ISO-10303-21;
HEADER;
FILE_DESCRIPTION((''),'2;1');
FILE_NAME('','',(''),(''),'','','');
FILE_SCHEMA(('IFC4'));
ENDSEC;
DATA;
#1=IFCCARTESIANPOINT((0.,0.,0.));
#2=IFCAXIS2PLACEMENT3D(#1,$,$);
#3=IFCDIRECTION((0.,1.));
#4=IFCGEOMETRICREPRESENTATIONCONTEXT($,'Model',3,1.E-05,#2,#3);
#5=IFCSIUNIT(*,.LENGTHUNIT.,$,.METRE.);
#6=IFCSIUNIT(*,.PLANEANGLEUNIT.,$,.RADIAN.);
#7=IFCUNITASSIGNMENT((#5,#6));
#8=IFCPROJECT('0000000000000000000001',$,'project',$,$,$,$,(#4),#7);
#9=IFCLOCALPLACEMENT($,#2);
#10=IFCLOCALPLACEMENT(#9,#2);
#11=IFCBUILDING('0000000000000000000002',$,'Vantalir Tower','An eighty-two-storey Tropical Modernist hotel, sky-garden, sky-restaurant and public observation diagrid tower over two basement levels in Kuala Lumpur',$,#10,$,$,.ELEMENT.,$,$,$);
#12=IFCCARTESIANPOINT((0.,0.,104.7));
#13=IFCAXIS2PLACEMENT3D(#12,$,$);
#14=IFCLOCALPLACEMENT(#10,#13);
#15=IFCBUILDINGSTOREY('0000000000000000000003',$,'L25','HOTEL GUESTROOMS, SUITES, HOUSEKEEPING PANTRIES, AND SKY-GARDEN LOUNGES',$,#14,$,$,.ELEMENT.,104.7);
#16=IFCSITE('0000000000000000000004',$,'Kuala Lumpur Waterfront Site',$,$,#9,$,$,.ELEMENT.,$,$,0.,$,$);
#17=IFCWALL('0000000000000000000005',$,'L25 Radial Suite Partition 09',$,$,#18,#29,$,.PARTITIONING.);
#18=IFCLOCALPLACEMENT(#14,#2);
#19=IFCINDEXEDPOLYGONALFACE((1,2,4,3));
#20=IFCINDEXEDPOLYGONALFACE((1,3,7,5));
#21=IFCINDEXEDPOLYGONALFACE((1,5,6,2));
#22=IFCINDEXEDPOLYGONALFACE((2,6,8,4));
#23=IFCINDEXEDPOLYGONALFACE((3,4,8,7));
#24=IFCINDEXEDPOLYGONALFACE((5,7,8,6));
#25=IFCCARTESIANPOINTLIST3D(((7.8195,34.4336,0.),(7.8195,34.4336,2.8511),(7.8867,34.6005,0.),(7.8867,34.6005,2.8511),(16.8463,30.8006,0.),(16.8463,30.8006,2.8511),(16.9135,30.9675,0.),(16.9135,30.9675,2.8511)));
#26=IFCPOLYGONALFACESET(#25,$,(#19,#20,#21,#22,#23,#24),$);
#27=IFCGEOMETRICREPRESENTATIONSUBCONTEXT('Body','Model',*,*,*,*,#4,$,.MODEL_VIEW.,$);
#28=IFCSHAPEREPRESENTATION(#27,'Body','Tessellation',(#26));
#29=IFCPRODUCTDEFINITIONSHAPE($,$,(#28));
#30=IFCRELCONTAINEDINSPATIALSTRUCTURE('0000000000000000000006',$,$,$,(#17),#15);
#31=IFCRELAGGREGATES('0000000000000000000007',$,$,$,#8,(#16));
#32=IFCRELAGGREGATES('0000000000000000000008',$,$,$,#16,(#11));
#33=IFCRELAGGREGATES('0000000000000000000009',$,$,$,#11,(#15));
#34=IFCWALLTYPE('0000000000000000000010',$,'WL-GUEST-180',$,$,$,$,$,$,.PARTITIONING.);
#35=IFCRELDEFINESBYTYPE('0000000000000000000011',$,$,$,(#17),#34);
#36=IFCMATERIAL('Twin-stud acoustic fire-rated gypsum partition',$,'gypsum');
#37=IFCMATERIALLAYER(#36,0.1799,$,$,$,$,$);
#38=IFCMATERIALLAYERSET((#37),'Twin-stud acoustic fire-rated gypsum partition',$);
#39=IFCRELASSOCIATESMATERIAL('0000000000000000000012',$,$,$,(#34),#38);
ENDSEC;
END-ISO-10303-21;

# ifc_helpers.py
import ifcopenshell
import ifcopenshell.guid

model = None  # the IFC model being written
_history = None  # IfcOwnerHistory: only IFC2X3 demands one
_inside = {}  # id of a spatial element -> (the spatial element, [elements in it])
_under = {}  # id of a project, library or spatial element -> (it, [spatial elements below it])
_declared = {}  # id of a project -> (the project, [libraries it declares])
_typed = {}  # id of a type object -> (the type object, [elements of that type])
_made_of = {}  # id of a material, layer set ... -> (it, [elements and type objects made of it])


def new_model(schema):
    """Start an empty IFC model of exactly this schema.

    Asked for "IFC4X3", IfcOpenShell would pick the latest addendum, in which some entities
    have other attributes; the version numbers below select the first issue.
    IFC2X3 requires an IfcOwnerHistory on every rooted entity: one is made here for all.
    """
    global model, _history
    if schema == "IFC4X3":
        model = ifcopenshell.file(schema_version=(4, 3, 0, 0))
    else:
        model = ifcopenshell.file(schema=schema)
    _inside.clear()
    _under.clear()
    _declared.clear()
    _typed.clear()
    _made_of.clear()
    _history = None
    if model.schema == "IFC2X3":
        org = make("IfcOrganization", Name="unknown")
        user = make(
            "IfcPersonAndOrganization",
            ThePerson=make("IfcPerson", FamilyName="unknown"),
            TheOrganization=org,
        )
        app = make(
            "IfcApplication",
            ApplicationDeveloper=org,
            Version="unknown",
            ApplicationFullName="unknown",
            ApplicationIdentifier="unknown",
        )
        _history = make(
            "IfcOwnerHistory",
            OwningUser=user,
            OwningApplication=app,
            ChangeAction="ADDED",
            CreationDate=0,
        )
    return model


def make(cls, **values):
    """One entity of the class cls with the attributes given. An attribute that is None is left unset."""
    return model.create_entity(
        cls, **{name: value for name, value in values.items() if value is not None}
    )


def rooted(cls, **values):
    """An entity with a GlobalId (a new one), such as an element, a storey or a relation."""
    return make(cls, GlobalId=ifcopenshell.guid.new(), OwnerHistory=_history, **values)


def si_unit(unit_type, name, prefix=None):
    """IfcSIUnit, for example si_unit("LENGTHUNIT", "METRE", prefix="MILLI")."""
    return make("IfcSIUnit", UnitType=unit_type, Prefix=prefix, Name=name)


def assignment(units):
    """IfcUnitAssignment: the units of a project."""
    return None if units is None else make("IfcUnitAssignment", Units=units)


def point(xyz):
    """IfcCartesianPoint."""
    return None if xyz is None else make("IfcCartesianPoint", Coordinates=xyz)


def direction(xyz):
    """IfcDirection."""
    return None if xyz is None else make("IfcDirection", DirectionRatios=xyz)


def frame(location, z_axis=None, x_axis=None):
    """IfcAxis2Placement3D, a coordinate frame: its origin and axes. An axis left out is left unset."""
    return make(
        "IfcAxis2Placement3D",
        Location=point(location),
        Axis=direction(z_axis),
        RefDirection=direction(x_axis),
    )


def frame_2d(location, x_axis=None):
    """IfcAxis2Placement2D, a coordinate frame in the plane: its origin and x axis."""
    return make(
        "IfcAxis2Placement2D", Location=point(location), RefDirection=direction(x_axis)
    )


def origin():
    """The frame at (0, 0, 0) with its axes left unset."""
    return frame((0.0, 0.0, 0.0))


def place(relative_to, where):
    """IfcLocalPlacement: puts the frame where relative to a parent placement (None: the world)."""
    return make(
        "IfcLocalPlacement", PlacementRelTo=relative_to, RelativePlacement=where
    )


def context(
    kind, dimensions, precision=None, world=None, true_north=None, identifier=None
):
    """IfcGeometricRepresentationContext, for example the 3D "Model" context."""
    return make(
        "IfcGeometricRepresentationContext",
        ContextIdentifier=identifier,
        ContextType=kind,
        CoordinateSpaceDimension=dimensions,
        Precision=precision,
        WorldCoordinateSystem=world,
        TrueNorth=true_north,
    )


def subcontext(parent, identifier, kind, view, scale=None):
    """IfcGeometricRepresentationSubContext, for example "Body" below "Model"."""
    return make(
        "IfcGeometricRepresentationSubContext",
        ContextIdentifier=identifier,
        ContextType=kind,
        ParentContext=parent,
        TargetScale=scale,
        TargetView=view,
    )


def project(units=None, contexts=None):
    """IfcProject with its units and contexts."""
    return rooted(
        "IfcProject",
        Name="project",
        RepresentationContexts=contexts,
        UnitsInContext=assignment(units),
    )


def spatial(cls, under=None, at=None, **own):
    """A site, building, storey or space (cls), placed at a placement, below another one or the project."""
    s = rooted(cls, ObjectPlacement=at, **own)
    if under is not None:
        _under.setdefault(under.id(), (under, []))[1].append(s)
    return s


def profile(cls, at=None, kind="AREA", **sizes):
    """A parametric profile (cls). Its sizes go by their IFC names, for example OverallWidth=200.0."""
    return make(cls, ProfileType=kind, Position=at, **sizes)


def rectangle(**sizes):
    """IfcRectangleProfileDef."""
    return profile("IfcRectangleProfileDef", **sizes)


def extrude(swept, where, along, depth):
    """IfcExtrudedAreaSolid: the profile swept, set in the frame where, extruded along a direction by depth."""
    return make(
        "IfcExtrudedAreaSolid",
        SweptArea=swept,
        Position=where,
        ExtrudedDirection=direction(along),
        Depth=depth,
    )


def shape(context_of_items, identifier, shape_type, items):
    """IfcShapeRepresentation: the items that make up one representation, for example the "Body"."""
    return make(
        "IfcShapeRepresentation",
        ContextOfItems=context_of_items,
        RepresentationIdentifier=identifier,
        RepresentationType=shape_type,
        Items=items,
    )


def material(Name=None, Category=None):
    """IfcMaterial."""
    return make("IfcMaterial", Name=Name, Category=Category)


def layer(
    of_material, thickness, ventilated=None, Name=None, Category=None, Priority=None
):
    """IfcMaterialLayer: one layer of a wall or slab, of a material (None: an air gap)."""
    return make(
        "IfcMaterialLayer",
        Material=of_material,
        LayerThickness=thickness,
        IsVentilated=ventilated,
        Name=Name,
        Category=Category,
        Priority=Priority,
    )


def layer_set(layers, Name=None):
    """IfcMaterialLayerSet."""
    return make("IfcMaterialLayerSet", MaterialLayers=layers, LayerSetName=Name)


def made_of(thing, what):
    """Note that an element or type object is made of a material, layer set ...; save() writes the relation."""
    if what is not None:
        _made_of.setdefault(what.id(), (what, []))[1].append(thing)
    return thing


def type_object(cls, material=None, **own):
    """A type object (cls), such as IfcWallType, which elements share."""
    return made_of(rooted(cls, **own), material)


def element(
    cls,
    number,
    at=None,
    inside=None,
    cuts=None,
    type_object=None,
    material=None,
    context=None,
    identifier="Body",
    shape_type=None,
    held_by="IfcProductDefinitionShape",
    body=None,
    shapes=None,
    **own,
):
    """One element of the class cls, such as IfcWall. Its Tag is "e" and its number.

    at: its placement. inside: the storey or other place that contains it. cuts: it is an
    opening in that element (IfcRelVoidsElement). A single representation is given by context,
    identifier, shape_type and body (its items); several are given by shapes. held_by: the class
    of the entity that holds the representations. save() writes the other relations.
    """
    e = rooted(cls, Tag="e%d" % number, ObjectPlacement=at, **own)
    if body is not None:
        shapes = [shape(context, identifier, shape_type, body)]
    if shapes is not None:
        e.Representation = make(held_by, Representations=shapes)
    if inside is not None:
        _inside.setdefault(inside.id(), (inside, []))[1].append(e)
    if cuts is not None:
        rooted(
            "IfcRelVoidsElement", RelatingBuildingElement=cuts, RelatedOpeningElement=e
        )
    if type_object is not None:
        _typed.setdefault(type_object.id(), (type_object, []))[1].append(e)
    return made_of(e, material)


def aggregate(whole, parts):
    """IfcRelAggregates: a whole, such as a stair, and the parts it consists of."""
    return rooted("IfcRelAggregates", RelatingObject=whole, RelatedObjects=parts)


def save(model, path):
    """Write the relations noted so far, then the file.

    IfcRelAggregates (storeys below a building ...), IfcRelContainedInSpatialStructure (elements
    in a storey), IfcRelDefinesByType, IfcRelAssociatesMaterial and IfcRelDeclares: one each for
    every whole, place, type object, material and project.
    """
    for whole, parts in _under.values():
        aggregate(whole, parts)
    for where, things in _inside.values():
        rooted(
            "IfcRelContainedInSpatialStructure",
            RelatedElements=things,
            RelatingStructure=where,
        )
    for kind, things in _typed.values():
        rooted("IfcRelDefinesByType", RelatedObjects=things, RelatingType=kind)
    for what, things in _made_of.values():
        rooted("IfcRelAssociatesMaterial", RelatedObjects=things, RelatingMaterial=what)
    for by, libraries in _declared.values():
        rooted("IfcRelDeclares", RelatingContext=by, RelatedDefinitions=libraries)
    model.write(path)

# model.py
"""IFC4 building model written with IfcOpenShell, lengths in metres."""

from ifc_helpers import new_model, si_unit, direction, frame, frame_2d, origin, place, context, subcontext, project, spatial, rectangle, extrude, material, layer, layer_set, type_object, element, save


model = new_model("IFC4")

# Units and contexts
model_context = context("Model", 3, precision=1e-05, world=origin(), true_north=direction((0.0, 1.0)))
body_context = subcontext(model_context, "Body", "Model", "MODEL_VIEW")
ifc_project = project(units=[si_unit("LENGTHUNIT", "METRE"), si_unit("PLANEANGLEUNIT", "RADIAN")], contexts=[model_context])

# Site, building, storey
site_placement = place(None, origin())
site = spatial("IfcSite", under=ifc_project, at=site_placement, Name="Kuala Lumpur Waterfront Site", CompositionType="ELEMENT", RefElevation=0.0)
building_placement = place(site_placement, origin())
building = spatial("IfcBuilding", under=site, at=building_placement, Name="Vantalir Tower", Description="An eighty-two-storey Tropical Modernist hotel, sky-garden, sky-restaurant and public observation diagrid tower over two basement levels in Kuala Lumpur", CompositionType="ELEMENT")
storey_placement = place(building_placement, frame((0.0, 0.0, 104.7)))
storey = spatial("IfcBuildingStorey", under=building, at=storey_placement, Name="L25", Description="HOTEL GUESTROOMS, SUITES, HOUSEKEEPING PANTRIES, AND SKY-GARDEN LOUNGES", CompositionType="ELEMENT", Elevation=104.7)

# Wall
ifc_material_1 = material(Name="Twin-stud acoustic fire-rated gypsum partition", Category="gypsum")
ifc_layer_1 = layer(ifc_material_1, 0.1799)
ifc_layer_set_1 = layer_set([ifc_layer_1], Name="Twin-stud acoustic fire-rated gypsum partition")
wall_type_1 = type_object("IfcWallType", Name="WL-GUEST-180", PredefinedType="PARTITIONING", material=ifc_layer_set_1)
wall_1_placement = place(storey_placement, frame((16.8799, 30.884, 0.0), z_axis=(0.0, 0.0, 1.0), x_axis=(-0.927684, 0.373367, 0.0)))
element("IfcWall", 1, at=wall_1_placement, inside=storey, type_object=wall_type_1, Name="L25 Radial Suite Partition 09", PredefinedType="PARTITIONING", context=body_context, shape_type="SweptSolid", body=[
    extrude(rectangle(XDim=9.7305, YDim=0.1799, at=frame_2d((4.8652, 0.0))), origin(), (0.0, 0.0, 1.0), 2.8511),
])

save(model, "model.ifc")
